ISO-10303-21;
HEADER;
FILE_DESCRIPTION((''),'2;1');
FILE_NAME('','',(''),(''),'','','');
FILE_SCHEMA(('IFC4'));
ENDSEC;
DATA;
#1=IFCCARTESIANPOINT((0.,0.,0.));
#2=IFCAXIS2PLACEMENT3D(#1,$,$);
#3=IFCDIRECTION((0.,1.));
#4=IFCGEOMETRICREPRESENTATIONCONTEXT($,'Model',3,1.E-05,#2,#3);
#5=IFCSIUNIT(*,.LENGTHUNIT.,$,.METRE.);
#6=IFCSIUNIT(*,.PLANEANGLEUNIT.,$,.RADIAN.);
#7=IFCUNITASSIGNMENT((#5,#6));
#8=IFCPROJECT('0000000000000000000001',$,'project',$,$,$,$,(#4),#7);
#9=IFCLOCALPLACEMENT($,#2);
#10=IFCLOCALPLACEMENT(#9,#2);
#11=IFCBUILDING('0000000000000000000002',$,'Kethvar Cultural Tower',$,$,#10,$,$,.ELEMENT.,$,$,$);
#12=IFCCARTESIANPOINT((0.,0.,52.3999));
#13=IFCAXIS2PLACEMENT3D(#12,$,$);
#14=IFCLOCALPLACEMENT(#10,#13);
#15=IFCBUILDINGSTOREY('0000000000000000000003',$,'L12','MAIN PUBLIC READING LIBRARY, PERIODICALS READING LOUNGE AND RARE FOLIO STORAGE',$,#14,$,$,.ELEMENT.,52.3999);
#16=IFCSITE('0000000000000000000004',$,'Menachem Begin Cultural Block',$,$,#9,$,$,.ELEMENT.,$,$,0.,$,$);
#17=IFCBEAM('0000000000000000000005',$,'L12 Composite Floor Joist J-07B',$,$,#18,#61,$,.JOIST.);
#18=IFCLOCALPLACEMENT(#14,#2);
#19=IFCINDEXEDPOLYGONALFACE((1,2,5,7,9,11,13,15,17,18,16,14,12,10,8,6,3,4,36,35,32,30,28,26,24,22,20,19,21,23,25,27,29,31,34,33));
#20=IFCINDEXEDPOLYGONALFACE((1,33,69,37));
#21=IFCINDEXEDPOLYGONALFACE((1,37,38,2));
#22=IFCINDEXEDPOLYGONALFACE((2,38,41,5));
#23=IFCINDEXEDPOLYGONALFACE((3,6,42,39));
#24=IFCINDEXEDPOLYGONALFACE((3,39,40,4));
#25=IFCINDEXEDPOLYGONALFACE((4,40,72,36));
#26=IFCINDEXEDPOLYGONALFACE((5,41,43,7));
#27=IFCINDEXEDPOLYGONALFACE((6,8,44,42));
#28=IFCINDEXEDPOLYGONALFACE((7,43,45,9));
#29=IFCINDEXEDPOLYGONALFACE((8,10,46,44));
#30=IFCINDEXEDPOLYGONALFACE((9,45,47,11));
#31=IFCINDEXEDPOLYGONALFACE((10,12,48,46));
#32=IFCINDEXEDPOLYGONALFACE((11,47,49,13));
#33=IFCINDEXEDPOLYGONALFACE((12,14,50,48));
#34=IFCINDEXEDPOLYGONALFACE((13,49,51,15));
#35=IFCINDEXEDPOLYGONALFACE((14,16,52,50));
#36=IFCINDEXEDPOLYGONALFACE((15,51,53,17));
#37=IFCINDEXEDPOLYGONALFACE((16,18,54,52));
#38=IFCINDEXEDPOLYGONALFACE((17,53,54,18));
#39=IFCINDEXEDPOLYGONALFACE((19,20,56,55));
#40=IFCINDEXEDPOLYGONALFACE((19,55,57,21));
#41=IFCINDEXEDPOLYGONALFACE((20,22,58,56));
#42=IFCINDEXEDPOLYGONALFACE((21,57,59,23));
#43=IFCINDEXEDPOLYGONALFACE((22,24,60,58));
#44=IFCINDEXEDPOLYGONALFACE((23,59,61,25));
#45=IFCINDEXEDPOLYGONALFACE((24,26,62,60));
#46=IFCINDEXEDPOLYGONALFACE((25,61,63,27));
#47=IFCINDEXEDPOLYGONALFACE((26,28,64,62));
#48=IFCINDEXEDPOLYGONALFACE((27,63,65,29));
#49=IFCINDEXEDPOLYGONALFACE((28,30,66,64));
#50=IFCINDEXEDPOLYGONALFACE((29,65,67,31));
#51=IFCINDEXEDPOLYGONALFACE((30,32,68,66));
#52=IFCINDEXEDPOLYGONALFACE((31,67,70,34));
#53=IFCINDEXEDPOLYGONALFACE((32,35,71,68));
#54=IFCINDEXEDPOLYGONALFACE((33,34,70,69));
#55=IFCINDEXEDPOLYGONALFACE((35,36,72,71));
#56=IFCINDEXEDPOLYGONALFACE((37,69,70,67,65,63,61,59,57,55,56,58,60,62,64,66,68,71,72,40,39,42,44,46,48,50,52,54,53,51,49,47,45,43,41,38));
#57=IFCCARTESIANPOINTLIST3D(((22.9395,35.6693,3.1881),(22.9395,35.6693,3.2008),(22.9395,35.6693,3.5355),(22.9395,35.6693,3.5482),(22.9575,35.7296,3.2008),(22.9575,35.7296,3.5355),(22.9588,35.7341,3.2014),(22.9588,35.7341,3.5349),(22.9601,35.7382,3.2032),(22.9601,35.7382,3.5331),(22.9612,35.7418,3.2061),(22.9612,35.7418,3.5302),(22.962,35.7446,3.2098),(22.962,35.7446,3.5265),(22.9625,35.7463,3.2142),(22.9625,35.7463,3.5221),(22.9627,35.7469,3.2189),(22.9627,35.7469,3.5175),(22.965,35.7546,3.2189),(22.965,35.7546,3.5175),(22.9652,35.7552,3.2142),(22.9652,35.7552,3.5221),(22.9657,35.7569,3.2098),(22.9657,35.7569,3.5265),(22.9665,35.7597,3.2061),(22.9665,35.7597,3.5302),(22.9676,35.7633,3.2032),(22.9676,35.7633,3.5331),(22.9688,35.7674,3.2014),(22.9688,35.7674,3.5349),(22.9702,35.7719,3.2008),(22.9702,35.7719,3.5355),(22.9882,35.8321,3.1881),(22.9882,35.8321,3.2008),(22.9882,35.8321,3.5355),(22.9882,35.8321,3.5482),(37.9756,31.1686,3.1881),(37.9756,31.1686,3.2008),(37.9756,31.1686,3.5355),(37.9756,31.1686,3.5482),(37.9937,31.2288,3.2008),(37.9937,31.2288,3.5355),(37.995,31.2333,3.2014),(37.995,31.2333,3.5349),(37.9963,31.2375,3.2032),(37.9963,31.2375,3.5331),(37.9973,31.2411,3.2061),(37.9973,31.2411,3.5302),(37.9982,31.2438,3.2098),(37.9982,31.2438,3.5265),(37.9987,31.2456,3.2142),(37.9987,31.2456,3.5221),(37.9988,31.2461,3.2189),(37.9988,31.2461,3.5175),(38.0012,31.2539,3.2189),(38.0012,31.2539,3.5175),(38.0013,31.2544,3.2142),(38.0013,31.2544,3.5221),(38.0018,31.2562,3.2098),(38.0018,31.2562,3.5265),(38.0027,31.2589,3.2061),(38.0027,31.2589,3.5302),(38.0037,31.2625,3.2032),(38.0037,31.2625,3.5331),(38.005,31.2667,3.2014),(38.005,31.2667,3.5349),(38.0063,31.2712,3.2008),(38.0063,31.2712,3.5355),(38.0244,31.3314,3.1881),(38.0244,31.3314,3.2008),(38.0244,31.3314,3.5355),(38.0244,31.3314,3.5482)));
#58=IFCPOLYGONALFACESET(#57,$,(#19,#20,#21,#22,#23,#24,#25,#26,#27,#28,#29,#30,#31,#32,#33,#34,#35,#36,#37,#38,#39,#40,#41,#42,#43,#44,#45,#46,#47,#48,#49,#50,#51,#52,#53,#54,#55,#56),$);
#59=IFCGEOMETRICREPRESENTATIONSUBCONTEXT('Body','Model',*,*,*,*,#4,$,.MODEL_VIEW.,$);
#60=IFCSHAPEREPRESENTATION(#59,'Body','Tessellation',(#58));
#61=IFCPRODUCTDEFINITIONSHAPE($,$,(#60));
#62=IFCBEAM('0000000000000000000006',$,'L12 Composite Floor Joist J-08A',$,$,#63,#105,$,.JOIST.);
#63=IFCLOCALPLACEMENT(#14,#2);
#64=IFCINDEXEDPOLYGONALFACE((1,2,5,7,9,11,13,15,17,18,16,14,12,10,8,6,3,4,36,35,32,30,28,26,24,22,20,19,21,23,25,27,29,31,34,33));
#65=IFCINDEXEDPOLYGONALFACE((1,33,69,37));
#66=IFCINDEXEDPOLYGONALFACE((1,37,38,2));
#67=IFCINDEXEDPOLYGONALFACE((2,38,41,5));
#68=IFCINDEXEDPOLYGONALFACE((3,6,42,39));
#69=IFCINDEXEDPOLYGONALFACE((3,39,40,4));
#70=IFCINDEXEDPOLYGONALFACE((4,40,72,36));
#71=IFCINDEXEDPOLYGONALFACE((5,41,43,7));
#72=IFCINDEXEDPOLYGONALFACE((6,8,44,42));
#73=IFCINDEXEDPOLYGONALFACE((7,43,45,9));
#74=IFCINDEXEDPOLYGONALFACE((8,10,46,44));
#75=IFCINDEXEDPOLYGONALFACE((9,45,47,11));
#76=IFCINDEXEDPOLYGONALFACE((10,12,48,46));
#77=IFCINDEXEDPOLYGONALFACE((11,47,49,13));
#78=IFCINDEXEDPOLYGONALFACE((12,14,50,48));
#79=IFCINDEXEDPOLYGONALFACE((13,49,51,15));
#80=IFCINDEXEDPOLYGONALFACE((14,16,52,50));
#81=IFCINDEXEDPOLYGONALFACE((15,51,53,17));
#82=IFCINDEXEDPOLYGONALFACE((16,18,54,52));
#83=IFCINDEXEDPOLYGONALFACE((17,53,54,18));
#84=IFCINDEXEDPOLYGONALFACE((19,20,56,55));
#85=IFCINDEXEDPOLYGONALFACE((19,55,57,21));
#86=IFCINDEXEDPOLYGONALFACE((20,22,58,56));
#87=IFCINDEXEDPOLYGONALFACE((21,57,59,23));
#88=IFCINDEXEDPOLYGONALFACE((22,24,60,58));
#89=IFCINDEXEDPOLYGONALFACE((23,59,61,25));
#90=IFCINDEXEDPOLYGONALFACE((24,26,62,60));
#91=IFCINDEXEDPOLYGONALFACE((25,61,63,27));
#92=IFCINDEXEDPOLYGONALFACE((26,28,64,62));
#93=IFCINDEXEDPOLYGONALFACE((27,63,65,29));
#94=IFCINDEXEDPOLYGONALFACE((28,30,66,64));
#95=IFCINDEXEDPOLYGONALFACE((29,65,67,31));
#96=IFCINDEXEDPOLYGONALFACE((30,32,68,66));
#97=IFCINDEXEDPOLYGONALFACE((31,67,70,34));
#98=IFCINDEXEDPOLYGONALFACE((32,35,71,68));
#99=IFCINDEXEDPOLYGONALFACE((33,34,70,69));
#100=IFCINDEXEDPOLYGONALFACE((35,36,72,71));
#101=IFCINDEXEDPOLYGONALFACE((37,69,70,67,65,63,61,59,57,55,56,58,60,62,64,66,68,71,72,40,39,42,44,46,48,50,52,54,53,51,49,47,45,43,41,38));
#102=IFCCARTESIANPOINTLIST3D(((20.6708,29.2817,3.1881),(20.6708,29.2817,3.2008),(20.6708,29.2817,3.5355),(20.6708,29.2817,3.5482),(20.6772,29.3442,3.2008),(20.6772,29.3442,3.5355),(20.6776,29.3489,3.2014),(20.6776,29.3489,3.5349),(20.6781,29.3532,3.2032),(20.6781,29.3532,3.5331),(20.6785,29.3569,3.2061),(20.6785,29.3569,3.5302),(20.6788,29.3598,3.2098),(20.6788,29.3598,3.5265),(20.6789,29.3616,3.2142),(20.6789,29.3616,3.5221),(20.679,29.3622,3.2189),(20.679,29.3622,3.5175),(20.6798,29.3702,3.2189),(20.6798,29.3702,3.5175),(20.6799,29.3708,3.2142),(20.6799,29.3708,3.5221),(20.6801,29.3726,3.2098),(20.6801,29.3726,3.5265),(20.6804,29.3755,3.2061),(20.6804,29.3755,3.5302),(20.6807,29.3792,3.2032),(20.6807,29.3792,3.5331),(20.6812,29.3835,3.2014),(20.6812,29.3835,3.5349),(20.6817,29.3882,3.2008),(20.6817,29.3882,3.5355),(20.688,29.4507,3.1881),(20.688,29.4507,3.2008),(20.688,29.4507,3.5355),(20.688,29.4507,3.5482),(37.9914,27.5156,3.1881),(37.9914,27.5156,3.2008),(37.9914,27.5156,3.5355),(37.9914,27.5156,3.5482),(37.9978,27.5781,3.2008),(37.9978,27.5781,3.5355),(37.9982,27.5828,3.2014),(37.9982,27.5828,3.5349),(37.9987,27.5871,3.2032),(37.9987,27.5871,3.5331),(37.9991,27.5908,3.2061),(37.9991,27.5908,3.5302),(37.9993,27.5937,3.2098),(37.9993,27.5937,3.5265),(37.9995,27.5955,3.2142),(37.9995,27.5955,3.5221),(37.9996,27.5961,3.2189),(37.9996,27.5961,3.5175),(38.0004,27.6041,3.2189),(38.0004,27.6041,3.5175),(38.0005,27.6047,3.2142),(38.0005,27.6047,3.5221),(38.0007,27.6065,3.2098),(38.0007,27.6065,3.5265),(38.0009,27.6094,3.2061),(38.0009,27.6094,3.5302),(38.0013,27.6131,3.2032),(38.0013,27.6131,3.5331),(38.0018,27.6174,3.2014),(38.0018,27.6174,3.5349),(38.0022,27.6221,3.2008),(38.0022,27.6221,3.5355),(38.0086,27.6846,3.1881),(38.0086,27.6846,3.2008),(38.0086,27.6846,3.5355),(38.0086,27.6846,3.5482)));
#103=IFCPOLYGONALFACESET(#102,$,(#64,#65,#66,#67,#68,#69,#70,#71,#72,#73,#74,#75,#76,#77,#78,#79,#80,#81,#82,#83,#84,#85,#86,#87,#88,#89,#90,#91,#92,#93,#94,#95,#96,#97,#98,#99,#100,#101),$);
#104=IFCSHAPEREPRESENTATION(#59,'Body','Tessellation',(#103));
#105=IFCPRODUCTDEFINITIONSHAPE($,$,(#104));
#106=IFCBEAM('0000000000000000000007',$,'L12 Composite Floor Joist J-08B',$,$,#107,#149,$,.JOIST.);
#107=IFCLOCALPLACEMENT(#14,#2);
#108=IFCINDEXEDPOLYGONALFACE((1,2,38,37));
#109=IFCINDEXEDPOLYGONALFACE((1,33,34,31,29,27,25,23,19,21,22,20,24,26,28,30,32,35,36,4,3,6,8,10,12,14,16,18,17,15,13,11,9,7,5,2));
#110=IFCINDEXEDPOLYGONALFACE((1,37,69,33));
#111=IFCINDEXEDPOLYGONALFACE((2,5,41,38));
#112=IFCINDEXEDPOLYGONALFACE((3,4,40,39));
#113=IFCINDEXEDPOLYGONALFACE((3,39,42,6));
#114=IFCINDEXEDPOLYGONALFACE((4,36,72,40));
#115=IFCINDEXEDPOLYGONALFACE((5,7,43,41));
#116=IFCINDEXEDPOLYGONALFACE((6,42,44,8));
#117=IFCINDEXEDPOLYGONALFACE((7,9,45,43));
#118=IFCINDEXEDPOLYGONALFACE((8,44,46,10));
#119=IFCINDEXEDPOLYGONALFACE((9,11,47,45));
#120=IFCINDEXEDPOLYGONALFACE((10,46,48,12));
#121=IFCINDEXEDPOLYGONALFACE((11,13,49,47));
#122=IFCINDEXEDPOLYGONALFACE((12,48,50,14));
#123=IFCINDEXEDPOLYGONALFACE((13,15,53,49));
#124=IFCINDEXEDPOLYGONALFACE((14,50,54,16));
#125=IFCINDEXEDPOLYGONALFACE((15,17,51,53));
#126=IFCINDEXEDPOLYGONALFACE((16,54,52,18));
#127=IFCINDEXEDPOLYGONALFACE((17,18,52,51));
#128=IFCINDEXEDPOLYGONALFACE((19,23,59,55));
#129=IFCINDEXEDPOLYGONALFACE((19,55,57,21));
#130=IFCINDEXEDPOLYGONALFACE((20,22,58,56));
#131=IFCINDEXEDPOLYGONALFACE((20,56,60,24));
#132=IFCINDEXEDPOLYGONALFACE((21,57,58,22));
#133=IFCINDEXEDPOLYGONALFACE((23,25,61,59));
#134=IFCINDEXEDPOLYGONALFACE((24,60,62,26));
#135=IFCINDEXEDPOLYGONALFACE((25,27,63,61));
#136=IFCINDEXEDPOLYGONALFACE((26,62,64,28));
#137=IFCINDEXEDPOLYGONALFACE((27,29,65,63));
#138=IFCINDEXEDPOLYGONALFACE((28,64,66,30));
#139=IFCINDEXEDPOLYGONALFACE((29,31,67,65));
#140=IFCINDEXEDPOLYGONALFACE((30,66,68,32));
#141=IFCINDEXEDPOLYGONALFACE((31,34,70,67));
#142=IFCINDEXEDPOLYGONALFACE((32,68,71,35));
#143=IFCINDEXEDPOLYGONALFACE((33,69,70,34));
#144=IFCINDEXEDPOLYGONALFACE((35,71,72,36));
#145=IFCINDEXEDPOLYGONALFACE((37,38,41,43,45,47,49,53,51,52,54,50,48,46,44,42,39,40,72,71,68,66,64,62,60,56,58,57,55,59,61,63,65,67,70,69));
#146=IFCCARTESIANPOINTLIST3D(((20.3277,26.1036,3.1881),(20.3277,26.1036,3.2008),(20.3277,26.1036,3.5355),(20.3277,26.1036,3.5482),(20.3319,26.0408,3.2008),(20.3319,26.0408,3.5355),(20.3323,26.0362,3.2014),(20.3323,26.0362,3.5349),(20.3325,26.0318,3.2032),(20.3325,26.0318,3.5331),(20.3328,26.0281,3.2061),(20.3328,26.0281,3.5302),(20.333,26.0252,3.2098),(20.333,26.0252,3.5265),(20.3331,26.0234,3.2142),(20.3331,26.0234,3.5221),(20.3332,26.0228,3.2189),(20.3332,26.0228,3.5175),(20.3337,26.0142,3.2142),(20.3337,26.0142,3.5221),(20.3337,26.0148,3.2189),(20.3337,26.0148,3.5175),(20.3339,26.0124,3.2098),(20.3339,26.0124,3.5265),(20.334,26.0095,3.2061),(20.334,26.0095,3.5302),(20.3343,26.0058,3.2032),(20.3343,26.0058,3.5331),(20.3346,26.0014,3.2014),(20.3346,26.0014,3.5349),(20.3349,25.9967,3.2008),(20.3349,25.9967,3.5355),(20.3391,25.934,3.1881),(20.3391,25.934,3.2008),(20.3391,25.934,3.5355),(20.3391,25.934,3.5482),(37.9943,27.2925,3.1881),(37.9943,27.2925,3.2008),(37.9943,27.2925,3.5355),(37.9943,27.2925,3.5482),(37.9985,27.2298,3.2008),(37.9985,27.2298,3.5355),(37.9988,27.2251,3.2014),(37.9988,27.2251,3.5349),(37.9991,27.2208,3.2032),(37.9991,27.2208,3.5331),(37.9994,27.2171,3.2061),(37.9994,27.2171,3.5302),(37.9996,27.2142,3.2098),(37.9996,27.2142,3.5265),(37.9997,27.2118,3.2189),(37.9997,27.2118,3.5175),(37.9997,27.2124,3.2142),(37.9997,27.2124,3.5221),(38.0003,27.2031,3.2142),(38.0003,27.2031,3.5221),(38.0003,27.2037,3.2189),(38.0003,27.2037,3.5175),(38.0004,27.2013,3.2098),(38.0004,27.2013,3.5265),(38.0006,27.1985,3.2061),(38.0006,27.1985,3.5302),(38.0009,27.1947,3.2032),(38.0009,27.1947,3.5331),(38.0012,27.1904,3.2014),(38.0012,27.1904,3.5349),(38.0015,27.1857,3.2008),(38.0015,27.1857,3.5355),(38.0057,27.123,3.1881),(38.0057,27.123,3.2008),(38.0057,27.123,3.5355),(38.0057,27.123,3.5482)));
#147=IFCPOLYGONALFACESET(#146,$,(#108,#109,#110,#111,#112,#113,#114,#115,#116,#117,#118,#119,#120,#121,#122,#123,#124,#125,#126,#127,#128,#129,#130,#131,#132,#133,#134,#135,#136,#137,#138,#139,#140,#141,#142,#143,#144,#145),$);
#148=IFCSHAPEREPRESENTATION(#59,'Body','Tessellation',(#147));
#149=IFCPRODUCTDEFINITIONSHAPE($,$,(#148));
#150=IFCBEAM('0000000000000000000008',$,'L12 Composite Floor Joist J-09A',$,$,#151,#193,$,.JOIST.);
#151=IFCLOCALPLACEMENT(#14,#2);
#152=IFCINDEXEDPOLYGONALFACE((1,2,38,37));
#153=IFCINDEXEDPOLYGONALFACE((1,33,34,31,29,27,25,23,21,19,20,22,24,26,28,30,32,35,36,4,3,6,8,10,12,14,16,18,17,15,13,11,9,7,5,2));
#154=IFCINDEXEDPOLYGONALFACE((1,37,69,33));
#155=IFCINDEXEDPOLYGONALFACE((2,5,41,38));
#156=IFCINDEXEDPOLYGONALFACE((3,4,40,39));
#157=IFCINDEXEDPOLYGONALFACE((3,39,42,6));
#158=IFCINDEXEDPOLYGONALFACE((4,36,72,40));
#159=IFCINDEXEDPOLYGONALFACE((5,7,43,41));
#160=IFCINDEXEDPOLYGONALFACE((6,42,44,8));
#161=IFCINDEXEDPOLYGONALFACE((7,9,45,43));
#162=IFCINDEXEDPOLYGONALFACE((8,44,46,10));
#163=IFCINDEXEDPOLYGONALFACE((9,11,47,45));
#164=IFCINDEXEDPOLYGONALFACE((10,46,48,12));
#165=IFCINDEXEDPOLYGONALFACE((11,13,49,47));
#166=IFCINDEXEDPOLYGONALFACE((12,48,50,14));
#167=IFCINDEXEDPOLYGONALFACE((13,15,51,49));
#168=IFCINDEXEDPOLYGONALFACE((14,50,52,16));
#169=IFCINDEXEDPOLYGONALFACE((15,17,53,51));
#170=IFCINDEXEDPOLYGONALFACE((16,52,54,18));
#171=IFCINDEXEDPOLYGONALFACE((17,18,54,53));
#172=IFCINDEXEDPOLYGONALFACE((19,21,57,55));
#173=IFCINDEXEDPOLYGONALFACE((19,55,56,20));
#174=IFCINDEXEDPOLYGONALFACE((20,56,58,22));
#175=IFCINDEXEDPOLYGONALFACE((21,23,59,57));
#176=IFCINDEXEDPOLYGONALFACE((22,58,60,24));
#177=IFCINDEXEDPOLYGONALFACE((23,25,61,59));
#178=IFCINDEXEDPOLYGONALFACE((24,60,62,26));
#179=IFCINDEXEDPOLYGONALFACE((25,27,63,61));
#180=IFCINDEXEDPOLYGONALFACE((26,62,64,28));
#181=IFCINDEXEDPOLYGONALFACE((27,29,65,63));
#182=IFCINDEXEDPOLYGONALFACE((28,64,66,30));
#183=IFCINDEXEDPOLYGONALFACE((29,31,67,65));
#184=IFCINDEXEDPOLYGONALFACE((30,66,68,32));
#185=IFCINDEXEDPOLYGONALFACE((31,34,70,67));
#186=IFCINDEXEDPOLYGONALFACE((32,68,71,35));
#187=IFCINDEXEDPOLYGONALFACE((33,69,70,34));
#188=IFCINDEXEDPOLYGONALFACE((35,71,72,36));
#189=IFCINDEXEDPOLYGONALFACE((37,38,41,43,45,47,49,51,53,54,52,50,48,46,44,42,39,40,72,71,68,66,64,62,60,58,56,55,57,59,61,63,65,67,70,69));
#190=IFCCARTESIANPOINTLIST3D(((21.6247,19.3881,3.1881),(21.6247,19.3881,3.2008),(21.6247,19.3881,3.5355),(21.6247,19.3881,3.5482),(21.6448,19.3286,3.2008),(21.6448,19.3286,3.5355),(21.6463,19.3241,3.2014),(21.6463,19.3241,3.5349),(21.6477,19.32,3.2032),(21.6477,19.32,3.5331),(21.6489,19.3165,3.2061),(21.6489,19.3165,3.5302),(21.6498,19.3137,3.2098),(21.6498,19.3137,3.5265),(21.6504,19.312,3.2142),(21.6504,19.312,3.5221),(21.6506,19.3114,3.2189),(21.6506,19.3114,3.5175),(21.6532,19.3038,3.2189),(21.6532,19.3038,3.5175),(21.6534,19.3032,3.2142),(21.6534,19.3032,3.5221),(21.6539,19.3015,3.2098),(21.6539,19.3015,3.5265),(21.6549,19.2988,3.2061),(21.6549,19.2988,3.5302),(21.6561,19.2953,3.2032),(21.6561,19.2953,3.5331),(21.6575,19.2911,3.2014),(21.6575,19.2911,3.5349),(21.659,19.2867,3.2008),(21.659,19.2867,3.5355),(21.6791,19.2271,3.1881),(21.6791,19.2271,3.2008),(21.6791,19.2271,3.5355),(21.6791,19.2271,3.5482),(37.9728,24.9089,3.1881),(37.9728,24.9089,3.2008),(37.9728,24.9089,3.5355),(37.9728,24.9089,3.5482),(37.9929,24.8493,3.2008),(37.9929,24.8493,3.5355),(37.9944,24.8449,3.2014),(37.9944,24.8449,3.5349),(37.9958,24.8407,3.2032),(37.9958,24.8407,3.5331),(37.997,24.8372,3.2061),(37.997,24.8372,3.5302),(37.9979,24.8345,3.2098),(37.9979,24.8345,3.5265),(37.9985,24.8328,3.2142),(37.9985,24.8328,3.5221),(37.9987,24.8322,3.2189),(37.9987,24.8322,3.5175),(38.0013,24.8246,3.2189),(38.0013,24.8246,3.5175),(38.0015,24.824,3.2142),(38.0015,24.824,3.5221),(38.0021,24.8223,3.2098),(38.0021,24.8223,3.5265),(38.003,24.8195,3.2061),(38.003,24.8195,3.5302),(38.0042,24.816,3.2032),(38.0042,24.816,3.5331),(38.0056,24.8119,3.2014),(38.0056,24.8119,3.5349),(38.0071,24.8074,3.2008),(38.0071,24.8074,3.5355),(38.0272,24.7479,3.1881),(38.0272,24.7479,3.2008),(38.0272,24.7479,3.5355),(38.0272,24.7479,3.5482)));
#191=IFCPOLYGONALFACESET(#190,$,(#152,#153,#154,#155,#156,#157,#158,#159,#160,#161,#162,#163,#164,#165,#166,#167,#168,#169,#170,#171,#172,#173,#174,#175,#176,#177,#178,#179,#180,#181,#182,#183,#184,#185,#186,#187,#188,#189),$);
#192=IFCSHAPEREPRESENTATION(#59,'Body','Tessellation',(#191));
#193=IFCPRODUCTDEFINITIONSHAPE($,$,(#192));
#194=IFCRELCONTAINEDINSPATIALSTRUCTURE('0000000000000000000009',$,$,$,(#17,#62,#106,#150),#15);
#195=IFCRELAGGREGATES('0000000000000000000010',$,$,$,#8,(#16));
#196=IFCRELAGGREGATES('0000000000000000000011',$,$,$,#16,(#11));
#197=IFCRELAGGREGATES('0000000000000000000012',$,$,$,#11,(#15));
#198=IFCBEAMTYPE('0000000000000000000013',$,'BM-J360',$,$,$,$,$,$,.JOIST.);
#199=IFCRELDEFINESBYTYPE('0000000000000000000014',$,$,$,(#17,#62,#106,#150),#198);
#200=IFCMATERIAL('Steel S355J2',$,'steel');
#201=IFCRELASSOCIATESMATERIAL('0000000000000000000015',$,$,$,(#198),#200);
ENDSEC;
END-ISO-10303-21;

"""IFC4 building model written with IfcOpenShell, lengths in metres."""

from ifc_helpers import new_model, si_unit, direction, frame, origin, origin_2d, place, context, subcontext, project, spatial, i_section, extrude, source, transform, mapped, material, material_profile, profile_set, type_object, element, save


model = new_model("IFC4")

# Units and contexts
model_context = context("Model", 3, precision=1e-05, world=origin(), true_north=direction((0.0, 1.0)))
body_context = subcontext(model_context, "Body", "Model", "MODEL_VIEW")
ifc_project = project(units=[si_unit("LENGTHUNIT", "METRE"), si_unit("PLANEANGLEUNIT", "RADIAN")], contexts=[model_context])

# Site, building, storey
site_placement = place(None, origin())
site = spatial("IfcSite", under=ifc_project, at=site_placement, Name="Menachem Begin Cultural Block", CompositionType="ELEMENT", RefElevation=0.0)
building_placement = place(site_placement, origin())
building = spatial("IfcBuilding", under=site, at=building_placement, Name="Kethvar Cultural Tower", CompositionType="ELEMENT")
storey_placement = place(building_placement, frame((0.0, 0.0, 52.3999)))
storey = spatial("IfcBuildingStorey", under=building, at=storey_placement, Name="L12", Description="MAIN PUBLIC READING LIBRARY, PERIODICALS READING LOUNGE AND RARE FOLIO STORAGE", CompositionType="ELEMENT", Elevation=52.3999)

# Beams
ifc_material_1 = material(Name="Steel S355J2", Category="steel")
ifc_material_profile_1 = material_profile(ifc_material_1, i_section(OverallWidth=0.1699, OverallDepth=0.3601, WebThickness=0.0081, FlangeThickness=0.0127, FilletRadius=0.0181, at=origin_2d()), Name="Steel S355J2 — IPE360")
ifc_profile_set_1 = profile_set([ifc_material_profile_1], Name="Steel S355J2 — IPE360")
beam_type_1 = type_object("IfcBeamType", Name="BM-J360", PredefinedType="JOIST", material=ifc_profile_set_1)
shared_shape_1 = source(origin(), body_context, "Body", "SweptSolid", [
    extrude(i_section(OverallWidth=0.1699, OverallDepth=0.3601, WebThickness=0.0081, FlangeThickness=0.0127, FilletRadius=0.0181, at=origin_2d()), origin(), (0.0, 0.0, 1.0), 15.6953),
])
beam_1_placement = place(storey_placement, frame((38.0, 31.25, 3.3682), z_axis=(-0.958003, 0.286757, 0.0), x_axis=(-0.286757, -0.958003, 0.0)))
element("IfcBeam", 1, at=beam_1_placement, inside=storey, type_object=beam_type_1, Name="L12 Composite Floor Joist J-07B", PredefinedType="JOIST", context=body_context, shape_type="MappedRepresentation", body=[
    mapped(shared_shape_1, transform((0.0, 0.0, 0.0), scale=1.0)),
])
shared_shape_2 = source(origin(), body_context, "Body", "SweptSolid", [
    extrude(i_section(OverallWidth=0.1699, OverallDepth=0.3601, WebThickness=0.0081, FlangeThickness=0.0127, FilletRadius=0.0181, at=origin_2d()), origin(), (0.0, 0.0, 1.0), 17.4104),
])
beam_2_placement = place(storey_placement, frame((38.0, 27.6001, 3.3682), z_axis=(-0.994842, 0.10144, 0.0), x_axis=(-0.10144, -0.994842, 0.0)))
element("IfcBeam", 2, at=beam_2_placement, inside=storey, type_object=beam_type_1, Name="L12 Composite Floor Joist J-08A", PredefinedType="JOIST", context=body_context, shape_type="MappedRepresentation", body=[
    mapped(shared_shape_2, transform((0.0, 0.0, 0.0), scale=1.0)),
])
shared_shape_3 = source(origin(), body_context, "Body", "SweptSolid", [
    extrude(i_section(OverallWidth=0.1699, OverallDepth=0.3601, WebThickness=0.0081, FlangeThickness=0.0127, FilletRadius=0.0181, at=origin_2d()), origin(), (0.0, 0.0, 1.0), 17.7065),
])
beam_3_placement = place(storey_placement, frame((38.0, 27.2078, 3.3682), z_axis=(-0.997743, -0.067149, 0.0), x_axis=(0.067149, -0.997743, 0.0)))
element("IfcBeam", 3, at=beam_3_placement, inside=storey, type_object=beam_type_1, Name="L12 Composite Floor Joist J-08B", PredefinedType="JOIST", context=body_context, shape_type="MappedRepresentation", body=[
    mapped(shared_shape_3, transform((0.0, 0.0, 0.0), scale=1.0)),
])
shared_shape_4 = source(origin(), body_context, "Body", "SweptSolid", [
    extrude(i_section(OverallWidth=0.1699, OverallDepth=0.3601, WebThickness=0.0081, FlangeThickness=0.0127, FilletRadius=0.0181, at=origin_2d()), origin(), (0.0, 0.0, 1.0), 17.2551),
])
beam_4_placement = place(storey_placement, frame((38.0, 24.8284, 3.3682), z_axis=(-0.947435, -0.319948, 0.0), x_axis=(0.319948, -0.947435, 0.0)))
element("IfcBeam", 4, at=beam_4_placement, inside=storey, type_object=beam_type_1, Name="L12 Composite Floor Joist J-09A", PredefinedType="JOIST", context=body_context, shape_type="MappedRepresentation", body=[
    mapped(shared_shape_4, transform((0.0, 0.0, 0.0), scale=1.0)),
])

save(model, "model.ifc")
